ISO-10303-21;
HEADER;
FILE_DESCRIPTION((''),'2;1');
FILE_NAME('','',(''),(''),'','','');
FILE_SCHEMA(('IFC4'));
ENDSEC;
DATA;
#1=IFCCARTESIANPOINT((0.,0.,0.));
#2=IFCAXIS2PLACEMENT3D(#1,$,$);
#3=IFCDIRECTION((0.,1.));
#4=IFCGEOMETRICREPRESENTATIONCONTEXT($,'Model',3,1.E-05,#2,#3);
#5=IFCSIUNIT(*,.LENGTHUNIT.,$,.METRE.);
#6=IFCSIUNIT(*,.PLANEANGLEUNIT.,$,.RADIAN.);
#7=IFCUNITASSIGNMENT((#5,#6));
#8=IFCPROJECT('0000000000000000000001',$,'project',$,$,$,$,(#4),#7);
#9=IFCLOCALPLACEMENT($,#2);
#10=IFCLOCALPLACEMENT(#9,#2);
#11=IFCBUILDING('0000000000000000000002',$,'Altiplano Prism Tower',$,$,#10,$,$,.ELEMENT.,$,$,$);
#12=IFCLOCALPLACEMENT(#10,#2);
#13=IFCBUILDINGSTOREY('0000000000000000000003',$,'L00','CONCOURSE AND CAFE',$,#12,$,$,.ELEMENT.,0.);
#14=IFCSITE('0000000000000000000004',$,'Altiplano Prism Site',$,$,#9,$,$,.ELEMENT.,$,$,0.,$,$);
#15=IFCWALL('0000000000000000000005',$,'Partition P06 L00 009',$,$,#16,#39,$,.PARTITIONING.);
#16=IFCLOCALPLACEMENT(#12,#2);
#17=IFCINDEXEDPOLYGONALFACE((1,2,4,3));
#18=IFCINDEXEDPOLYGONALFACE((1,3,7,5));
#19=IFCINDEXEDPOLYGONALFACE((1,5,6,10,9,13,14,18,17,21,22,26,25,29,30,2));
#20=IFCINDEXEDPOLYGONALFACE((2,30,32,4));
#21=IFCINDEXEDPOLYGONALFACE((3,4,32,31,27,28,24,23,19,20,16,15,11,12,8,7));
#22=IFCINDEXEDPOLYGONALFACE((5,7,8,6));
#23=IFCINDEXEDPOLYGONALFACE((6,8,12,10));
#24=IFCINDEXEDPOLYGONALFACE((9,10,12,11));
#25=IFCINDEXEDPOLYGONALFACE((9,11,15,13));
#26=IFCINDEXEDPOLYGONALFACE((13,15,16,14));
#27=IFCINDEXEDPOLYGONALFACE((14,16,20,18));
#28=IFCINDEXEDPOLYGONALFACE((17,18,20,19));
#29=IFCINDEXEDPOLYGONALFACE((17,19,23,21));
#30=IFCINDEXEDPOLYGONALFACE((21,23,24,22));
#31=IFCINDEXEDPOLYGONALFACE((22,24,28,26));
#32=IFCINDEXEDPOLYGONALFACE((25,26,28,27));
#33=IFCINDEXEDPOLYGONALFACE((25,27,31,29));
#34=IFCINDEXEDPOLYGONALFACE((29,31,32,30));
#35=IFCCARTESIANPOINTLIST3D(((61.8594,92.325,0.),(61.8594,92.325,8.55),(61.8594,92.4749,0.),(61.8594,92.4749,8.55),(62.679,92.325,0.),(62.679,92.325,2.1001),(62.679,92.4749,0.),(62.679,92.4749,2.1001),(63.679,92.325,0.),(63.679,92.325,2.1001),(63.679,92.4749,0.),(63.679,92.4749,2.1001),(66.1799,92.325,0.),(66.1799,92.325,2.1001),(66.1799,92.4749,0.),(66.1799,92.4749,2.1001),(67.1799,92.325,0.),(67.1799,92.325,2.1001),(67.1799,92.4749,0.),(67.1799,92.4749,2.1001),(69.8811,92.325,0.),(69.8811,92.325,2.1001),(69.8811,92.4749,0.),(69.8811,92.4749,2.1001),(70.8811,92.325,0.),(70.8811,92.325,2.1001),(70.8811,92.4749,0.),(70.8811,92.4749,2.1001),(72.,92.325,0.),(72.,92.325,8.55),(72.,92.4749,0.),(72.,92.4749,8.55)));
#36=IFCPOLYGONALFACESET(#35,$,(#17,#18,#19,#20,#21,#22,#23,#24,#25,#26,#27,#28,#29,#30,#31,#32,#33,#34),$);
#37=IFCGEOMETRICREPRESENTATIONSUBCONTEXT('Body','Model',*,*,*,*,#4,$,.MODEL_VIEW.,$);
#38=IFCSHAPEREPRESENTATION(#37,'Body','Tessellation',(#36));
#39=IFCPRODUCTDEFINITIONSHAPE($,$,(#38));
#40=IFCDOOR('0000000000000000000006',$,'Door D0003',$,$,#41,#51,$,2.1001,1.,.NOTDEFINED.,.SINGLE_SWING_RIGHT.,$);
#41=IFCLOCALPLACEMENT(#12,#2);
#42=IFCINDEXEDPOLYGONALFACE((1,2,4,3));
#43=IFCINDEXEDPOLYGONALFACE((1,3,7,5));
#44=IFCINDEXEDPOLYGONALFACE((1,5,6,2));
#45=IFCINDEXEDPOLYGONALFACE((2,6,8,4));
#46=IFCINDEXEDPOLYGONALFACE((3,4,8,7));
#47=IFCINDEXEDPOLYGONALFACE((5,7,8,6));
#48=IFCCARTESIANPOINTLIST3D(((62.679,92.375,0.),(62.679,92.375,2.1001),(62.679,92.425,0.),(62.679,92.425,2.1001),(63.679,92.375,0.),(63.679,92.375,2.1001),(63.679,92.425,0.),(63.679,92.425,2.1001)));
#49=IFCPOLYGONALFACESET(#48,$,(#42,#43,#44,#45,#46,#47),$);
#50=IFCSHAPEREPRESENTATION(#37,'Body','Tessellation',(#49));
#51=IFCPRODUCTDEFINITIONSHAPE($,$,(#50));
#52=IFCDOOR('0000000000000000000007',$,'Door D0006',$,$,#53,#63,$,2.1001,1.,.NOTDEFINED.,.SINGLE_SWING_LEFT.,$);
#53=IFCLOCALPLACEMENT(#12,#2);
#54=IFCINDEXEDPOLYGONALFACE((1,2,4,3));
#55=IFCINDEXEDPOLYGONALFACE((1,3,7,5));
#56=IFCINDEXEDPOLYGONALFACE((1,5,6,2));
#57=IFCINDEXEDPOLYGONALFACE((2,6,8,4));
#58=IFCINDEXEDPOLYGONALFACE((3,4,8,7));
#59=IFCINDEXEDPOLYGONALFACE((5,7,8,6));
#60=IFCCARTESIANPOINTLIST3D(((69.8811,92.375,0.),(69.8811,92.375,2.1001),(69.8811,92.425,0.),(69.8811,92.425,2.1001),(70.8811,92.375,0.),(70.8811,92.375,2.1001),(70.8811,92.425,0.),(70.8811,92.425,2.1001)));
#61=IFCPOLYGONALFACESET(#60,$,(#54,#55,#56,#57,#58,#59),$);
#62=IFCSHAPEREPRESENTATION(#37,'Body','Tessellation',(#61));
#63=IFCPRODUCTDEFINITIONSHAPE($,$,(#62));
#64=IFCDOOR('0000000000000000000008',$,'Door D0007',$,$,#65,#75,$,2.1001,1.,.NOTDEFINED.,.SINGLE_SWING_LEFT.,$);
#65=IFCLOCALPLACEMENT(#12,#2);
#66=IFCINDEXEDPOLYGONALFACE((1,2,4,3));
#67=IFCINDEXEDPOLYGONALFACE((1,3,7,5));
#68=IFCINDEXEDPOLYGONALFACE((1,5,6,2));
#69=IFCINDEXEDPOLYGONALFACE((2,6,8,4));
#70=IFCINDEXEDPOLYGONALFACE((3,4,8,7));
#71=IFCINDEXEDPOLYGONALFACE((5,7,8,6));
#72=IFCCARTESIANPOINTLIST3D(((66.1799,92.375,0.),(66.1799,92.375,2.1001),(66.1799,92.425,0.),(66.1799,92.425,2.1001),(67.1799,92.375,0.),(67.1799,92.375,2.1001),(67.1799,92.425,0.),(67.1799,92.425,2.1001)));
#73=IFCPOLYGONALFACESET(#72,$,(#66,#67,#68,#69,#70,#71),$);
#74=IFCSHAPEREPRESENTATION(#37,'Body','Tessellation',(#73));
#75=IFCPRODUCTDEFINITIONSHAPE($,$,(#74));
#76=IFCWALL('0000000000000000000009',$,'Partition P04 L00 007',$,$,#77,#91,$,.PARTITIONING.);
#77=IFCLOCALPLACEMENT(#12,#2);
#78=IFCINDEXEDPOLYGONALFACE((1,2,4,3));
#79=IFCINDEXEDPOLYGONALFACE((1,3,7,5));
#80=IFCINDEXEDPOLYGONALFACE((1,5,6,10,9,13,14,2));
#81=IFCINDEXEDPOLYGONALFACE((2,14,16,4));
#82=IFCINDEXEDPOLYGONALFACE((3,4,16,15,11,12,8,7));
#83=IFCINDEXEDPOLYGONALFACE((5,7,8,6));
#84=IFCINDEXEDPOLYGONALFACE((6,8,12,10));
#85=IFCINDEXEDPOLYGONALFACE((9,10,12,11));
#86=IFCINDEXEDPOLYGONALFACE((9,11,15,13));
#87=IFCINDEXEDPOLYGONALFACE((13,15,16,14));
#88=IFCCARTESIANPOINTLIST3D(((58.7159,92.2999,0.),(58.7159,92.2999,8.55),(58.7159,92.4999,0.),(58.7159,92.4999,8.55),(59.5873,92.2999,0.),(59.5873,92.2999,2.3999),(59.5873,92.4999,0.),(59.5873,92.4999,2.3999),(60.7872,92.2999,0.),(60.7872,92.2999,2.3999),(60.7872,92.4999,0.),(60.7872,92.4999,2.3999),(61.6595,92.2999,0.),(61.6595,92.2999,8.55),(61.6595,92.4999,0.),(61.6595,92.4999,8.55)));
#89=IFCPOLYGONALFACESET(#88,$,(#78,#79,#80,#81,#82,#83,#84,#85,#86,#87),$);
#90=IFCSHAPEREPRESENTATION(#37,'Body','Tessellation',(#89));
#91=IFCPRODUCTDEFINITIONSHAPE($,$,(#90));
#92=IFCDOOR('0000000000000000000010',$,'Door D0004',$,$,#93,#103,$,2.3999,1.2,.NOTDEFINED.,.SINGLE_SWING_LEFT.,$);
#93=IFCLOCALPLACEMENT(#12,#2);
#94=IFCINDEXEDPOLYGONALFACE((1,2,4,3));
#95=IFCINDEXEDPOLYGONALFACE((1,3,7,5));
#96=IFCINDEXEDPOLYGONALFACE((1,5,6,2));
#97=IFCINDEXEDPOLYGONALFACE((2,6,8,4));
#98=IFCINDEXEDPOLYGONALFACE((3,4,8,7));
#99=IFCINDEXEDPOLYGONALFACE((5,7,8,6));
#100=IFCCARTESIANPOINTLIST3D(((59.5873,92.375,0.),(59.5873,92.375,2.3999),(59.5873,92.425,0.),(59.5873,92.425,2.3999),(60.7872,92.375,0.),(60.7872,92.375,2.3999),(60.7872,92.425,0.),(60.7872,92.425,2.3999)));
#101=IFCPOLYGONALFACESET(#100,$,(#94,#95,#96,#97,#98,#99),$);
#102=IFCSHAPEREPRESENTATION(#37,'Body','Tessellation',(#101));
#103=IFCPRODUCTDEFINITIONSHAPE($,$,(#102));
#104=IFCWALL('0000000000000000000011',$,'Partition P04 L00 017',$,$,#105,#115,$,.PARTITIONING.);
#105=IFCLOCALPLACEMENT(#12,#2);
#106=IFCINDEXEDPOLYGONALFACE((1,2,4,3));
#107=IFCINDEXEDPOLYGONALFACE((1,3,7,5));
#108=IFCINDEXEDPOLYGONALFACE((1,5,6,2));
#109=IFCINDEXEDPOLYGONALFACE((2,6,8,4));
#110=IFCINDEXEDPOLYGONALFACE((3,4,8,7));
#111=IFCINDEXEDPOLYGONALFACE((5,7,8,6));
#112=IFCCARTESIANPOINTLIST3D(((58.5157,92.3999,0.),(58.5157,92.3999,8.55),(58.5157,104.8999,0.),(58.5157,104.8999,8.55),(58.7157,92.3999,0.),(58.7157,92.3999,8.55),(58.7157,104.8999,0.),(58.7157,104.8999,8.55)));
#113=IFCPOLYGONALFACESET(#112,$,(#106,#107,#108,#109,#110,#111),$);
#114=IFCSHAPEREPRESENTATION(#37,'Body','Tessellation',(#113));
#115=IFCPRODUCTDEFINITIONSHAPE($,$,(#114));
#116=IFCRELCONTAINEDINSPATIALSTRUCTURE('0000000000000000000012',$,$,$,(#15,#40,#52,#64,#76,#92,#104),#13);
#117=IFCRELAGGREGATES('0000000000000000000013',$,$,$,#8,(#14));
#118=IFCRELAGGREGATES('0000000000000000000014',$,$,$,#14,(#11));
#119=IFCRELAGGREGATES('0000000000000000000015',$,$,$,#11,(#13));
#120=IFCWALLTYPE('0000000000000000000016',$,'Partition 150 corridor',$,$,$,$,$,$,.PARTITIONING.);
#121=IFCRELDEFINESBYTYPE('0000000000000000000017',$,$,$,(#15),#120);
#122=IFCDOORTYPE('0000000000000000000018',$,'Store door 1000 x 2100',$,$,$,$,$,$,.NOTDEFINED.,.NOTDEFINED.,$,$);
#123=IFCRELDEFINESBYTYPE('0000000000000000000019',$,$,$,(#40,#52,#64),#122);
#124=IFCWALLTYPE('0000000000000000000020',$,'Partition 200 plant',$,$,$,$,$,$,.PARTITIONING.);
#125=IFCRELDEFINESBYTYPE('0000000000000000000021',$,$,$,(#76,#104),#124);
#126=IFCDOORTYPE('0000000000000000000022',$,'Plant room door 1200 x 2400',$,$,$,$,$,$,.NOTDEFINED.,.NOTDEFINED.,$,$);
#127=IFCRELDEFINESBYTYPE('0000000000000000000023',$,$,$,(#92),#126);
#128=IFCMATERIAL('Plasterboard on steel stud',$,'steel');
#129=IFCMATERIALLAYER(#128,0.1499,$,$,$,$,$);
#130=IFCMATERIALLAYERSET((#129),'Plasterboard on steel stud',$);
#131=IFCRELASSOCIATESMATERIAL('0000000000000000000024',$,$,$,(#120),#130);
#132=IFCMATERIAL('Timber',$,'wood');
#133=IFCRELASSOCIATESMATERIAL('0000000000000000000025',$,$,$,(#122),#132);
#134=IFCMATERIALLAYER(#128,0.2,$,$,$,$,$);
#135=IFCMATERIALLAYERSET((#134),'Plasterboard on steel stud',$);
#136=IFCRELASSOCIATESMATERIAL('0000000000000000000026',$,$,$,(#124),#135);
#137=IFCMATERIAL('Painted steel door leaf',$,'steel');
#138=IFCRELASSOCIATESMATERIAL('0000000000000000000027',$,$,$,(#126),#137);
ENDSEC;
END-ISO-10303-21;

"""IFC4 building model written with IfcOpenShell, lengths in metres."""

from ifc_helpers import new_model, si_unit, direction, frame, frame_2d, origin, place, context, subcontext, project, spatial, rectangle, extrude, material, layer, layer_set, type_object, element, fill, save


model = new_model("IFC4")

# Units and contexts
model_context = context("Model", 3, precision=1e-05, world=origin(), true_north=direction((0.0, 1.0)))
body_context = subcontext(model_context, "Body", "Model", "MODEL_VIEW")
ifc_project = project(units=[si_unit("LENGTHUNIT", "METRE"), si_unit("PLANEANGLEUNIT", "RADIAN")], contexts=[model_context])

# Site, building, storey
site_placement = place(None, origin())
site = spatial("IfcSite", under=ifc_project, at=site_placement, Name="Altiplano Prism Site", CompositionType="ELEMENT", RefElevation=0.0)
building_placement = place(site_placement, origin())
building = spatial("IfcBuilding", under=site, at=building_placement, Name="Altiplano Prism Tower", CompositionType="ELEMENT")
storey_placement = place(building_placement, origin())
storey = spatial("IfcBuildingStorey", under=building, at=storey_placement, Name="L00", Description="CONCOURSE AND CAFE", CompositionType="ELEMENT", Elevation=0.0)

# Wall, openings, doors
ifc_material_1 = material(Name="Plasterboard on steel stud", Category="steel")
ifc_layer_1 = layer(ifc_material_1, 0.1499)
ifc_layer_set_1 = layer_set([ifc_layer_1], Name="Plasterboard on steel stud")
wall_type_1 = type_object("IfcWallType", Name="Partition 150 corridor", PredefinedType="PARTITIONING", material=ifc_layer_set_1)
ifc_material_2 = material(Name="Timber", Category="wood")
door_type_1 = type_object("IfcDoorType", Name="Store door 1000 x 2100", OperationType="NOTDEFINED", PredefinedType="NOTDEFINED", material=ifc_material_2)
wall_1_placement = place(storey_placement, frame((72.0, 92.3999, 0.0), z_axis=(0.0, 0.0, 1.0), x_axis=(-1.0, 0.0, 0.0)))
wall_1 = element("IfcWall", 1, at=wall_1_placement, inside=storey, type_object=wall_type_1, Name="Partition P06 L00 009", PredefinedType="PARTITIONING", context=body_context, shape_type="SweptSolid", body=[
    extrude(rectangle(XDim=10.1406, YDim=0.1499, at=frame_2d((5.0703, 0.0))), origin(), (0.0, 0.0, 1.0), 8.55),
])
opening_1_placement = place(wall_1_placement, frame((8.321, 0.0, 0.0)))
opening_1 = element("IfcOpeningElement", 2, at=opening_1_placement, cuts=wall_1, PredefinedType="OPENING", context=body_context, shape_type="SweptSolid", body=[
    extrude(rectangle(XDim=1.0, YDim=2.1001, at=frame_2d((0.5, 1.05))), frame((0.0, 0.0854, 0.0), z_axis=(0.0, -1.0, 0.0), x_axis=(1.0, 0.0, 0.0)), (0.0, 0.0, 1.0), 0.1709),
])
opening_2_placement = place(wall_1_placement, frame((1.1189, 0.0, 0.0)))
opening_2 = element("IfcOpeningElement", 3, at=opening_2_placement, cuts=wall_1, PredefinedType="OPENING", context=body_context, shape_type="SweptSolid", body=[
    extrude(rectangle(XDim=1.0, YDim=2.1001, at=frame_2d((0.5, 1.05))), frame((0.0, 0.0854, 0.0), z_axis=(0.0, -1.0, 0.0), x_axis=(1.0, 0.0, 0.0)), (0.0, 0.0, 1.0), 0.1709),
])
opening_3_placement = place(wall_1_placement, frame((4.8201, 0.0, 0.0)))
opening_3 = element("IfcOpeningElement", 4, at=opening_3_placement, cuts=wall_1, PredefinedType="OPENING", context=body_context, shape_type="SweptSolid", body=[
    extrude(rectangle(XDim=1.0, YDim=2.1001, at=frame_2d((0.5, 1.05))), frame((0.0, 0.0854, 0.0), z_axis=(0.0, -1.0, 0.0), x_axis=(1.0, 0.0, 0.0)), (0.0, 0.0, 1.0), 0.1709),
])
door_1_placement = place(opening_1_placement, origin())
door_1 = element("IfcDoor", 5, at=door_1_placement, inside=storey, type_object=door_type_1, Name="Door D0003", OperationType="SINGLE_SWING_RIGHT", OverallHeight=2.1001, OverallWidth=1.0, PredefinedType="NOTDEFINED", context=body_context, shape_type="SweptSolid", body=[
    extrude(rectangle(XDim=1.0, YDim=2.1001, at=frame_2d((0.5, 1.05))), frame((0.0, 0.0249, 0.0), z_axis=(0.0, -1.0, 0.0), x_axis=(1.0, 0.0, 0.0)), (0.0, 0.0, 1.0), 0.05),
])
fill(opening_1, door_1)
door_2_placement = place(opening_2_placement, origin())
door_2 = element("IfcDoor", 6, at=door_2_placement, inside=storey, type_object=door_type_1, Name="Door D0006", OperationType="SINGLE_SWING_LEFT", OverallHeight=2.1001, OverallWidth=1.0, PredefinedType="NOTDEFINED", context=body_context, shape_type="SweptSolid", body=[
    extrude(rectangle(XDim=1.0, YDim=2.1001, at=frame_2d((0.5, 1.05))), frame((0.0, 0.0249, 0.0), z_axis=(0.0, -1.0, 0.0), x_axis=(1.0, 0.0, 0.0)), (0.0, 0.0, 1.0), 0.05),
])
fill(opening_2, door_2)
door_3_placement = place(opening_3_placement, origin())
door_3 = element("IfcDoor", 7, at=door_3_placement, inside=storey, type_object=door_type_1, Name="Door D0007", OperationType="SINGLE_SWING_LEFT", OverallHeight=2.1001, OverallWidth=1.0, PredefinedType="NOTDEFINED", context=body_context, shape_type="SweptSolid", body=[
    extrude(rectangle(XDim=1.0, YDim=2.1001, at=frame_2d((0.5, 1.05))), frame((0.0, 0.0249, 0.0), z_axis=(0.0, -1.0, 0.0), x_axis=(1.0, 0.0, 0.0)), (0.0, 0.0, 1.0), 0.05),
])
fill(opening_3, door_3)

# Wall, opening, door
ifc_layer_2 = layer(ifc_material_1, 0.2)
ifc_layer_set_2 = layer_set([ifc_layer_2], Name="Plasterboard on steel stud")
wall_type_2 = type_object("IfcWallType", Name="Partition 200 plant", PredefinedType="PARTITIONING", material=ifc_layer_set_2)
wall_2_placement = place(storey_placement, frame((61.6594, 92.3999, 0.0), z_axis=(0.0, 0.0, 1.0), x_axis=(-1.0, 0.0, 0.0)))
wall_2 = element("IfcWall", 8, at=wall_2_placement, inside=storey, type_object=wall_type_2, Name="Partition P04 L00 007", PredefinedType="PARTITIONING", context=body_context, shape_type="SweptSolid", body=[
    extrude(rectangle(XDim=2.9436, YDim=0.2, at=frame_2d((1.4717, 0.0))), origin(), (0.0, 0.0, 1.0), 8.55),
])
opening_4_placement = place(wall_2_placement, frame((0.8721, 0.0, 0.0)))
opening_4 = element("IfcOpeningElement", 9, at=opening_4_placement, cuts=wall_2, PredefinedType="OPENING", context=body_context, shape_type="SweptSolid", body=[
    extrude(rectangle(XDim=1.2, YDim=2.3999, at=frame_2d((0.6001, 1.2))), frame((0.0, 0.1104, 0.0), z_axis=(0.0, -1.0, 0.0), x_axis=(1.0, 0.0, 0.0)), (0.0, 0.0, 1.0), 0.2209),
])
ifc_material_3 = material(Name="Painted steel door leaf", Category="steel")
door_type_2 = type_object("IfcDoorType", Name="Plant room door 1200 x 2400", OperationType="NOTDEFINED", PredefinedType="NOTDEFINED", material=ifc_material_3)
door_4_placement = place(opening_4_placement, origin())
door_4 = element("IfcDoor", 10, at=door_4_placement, inside=storey, type_object=door_type_2, Name="Door D0004", OperationType="SINGLE_SWING_LEFT", OverallHeight=2.3999, OverallWidth=1.2, PredefinedType="NOTDEFINED", context=body_context, shape_type="SweptSolid", body=[
    extrude(rectangle(XDim=1.2, YDim=2.3999, at=frame_2d((0.6001, 1.2))), frame((0.0, 0.0249, 0.0), z_axis=(0.0, -1.0, 0.0), x_axis=(1.0, 0.0, 0.0)), (0.0, 0.0, 1.0), 0.05),
])
fill(opening_4, door_4)

# Wall
wall_3_placement = place(storey_placement, frame((58.6157, 92.3999, 0.0), z_axis=(0.0, 0.0, 1.0), x_axis=(0.0, 1.0, 0.0)))
element("IfcWall", 11, at=wall_3_placement, inside=storey, type_object=wall_type_2, Name="Partition P04 L00 017", PredefinedType="PARTITIONING", context=body_context, shape_type="SweptSolid", body=[
    extrude(rectangle(XDim=12.5, YDim=0.2, at=frame_2d((6.25, 0.0))), origin(), (0.0, 0.0, 1.0), 8.55),
])

save(model, "model.ifc")
